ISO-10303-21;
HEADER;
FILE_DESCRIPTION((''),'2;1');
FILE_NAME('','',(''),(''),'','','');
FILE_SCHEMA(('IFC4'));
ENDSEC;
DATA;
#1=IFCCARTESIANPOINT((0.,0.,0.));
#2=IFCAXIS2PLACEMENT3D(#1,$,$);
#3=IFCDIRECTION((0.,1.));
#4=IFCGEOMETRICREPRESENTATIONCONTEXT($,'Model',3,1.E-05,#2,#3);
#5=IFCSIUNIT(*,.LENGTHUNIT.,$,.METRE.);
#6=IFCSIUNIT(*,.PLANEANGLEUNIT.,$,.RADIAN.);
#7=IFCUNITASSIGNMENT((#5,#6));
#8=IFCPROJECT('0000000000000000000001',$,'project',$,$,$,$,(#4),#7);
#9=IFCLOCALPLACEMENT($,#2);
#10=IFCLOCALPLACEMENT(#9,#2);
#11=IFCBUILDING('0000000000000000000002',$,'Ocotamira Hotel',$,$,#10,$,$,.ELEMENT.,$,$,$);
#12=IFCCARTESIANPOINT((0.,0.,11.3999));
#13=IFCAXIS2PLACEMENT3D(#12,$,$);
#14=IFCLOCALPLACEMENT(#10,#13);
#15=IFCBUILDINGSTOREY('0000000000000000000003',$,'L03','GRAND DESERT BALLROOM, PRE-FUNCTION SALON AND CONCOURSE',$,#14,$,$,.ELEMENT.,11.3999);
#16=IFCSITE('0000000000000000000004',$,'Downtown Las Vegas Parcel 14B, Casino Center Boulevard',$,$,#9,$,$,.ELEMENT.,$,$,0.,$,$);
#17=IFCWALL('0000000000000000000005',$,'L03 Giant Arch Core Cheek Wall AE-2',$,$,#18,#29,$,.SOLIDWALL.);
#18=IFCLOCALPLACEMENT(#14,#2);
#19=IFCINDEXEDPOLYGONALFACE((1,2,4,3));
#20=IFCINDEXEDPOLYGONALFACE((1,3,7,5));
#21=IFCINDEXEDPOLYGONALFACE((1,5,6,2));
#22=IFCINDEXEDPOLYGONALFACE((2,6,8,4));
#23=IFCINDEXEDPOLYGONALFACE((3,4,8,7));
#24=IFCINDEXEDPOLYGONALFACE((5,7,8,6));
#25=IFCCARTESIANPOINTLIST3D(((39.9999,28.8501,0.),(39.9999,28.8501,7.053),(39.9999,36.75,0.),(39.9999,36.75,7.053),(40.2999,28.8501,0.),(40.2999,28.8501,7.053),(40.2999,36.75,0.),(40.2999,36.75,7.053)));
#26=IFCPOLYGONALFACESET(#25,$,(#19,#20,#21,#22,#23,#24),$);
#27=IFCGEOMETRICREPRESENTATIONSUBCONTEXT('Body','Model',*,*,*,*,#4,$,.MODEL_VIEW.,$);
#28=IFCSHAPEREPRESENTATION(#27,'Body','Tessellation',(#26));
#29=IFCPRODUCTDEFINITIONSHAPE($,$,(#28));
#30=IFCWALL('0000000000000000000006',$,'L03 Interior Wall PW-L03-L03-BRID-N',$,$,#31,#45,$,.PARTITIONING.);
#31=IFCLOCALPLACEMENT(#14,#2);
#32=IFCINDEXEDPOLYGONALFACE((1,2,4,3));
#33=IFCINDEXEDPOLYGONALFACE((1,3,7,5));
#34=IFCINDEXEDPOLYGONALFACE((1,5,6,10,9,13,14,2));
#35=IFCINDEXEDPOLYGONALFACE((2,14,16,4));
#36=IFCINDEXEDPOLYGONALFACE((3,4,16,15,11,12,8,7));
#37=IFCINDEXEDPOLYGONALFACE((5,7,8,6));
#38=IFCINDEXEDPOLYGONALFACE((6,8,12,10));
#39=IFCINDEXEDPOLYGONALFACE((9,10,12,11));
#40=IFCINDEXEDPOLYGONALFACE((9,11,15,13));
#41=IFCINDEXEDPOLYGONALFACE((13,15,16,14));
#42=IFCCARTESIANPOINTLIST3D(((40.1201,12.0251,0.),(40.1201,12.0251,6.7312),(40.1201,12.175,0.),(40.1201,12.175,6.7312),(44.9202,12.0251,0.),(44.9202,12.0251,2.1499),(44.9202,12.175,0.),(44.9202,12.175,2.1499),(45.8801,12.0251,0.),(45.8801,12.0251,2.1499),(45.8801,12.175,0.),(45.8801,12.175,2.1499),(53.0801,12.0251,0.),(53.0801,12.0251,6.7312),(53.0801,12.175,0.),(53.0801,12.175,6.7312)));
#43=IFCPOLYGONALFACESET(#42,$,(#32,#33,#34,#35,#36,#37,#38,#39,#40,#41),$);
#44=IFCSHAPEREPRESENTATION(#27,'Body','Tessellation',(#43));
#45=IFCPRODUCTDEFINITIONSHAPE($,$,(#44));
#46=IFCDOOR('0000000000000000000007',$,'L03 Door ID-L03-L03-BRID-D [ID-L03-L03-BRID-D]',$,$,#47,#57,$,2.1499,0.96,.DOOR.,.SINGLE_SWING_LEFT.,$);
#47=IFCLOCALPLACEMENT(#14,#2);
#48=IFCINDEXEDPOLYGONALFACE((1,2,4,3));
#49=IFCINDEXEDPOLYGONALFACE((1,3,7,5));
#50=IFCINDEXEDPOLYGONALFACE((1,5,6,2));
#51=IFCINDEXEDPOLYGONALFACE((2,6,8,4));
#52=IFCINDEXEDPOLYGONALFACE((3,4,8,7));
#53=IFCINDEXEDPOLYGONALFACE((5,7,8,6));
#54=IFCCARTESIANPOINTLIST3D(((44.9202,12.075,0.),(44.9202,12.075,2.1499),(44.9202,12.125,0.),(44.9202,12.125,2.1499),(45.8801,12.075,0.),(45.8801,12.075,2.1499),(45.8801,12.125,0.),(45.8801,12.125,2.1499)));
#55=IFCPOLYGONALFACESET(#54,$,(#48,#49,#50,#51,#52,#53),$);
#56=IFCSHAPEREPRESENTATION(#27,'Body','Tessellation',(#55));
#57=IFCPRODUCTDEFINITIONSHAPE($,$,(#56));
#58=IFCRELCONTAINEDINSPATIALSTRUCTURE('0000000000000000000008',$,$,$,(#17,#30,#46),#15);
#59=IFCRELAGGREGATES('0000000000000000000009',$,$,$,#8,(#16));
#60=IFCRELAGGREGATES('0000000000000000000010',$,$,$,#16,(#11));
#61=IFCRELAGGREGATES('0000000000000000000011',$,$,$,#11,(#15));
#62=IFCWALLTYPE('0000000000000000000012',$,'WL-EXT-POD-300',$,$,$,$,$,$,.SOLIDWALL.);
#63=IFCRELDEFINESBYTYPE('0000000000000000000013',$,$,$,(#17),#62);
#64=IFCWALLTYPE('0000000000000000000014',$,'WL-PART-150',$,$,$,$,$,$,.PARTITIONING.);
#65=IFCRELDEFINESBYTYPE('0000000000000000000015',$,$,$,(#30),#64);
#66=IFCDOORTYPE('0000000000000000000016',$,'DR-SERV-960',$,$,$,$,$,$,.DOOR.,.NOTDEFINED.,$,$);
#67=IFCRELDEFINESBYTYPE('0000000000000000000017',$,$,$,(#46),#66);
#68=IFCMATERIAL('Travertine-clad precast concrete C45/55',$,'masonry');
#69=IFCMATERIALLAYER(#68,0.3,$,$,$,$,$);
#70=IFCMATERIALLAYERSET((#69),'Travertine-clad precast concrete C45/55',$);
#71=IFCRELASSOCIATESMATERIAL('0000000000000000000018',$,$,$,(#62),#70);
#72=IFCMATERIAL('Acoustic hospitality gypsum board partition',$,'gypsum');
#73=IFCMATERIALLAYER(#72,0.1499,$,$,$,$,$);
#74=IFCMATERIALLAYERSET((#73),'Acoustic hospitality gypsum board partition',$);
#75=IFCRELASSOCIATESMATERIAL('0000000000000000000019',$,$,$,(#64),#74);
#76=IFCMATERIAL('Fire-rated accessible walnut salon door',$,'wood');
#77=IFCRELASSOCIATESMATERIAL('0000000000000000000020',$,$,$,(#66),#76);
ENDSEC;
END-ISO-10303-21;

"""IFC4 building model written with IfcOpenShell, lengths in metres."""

from ifc_helpers import new_model, si_unit, direction, frame, frame_2d, origin, place, context, subcontext, project, spatial, rectangle, extrude, source, transform, mapped, material, layer, layer_set, type_object, element, fill, save


model = new_model("IFC4")

# Units and contexts
model_context = context("Model", 3, precision=1e-05, world=origin(), true_north=direction((0.0, 1.0)))
body_context = subcontext(model_context, "Body", "Model", "MODEL_VIEW")
ifc_project = project(units=[si_unit("LENGTHUNIT", "METRE"), si_unit("PLANEANGLEUNIT", "RADIAN")], contexts=[model_context])

# Site, building, storey
site_placement = place(None, origin())
site = spatial("IfcSite", under=ifc_project, at=site_placement, Name="Downtown Las Vegas Parcel 14B, Casino Center Boulevard", CompositionType="ELEMENT", RefElevation=0.0)
building_placement = place(site_placement, origin())
building = spatial("IfcBuilding", under=site, at=building_placement, Name="Ocotamira Hotel", CompositionType="ELEMENT")
storey_placement = place(building_placement, frame((0.0, 0.0, 11.3999)))
storey = spatial("IfcBuildingStorey", under=building, at=storey_placement, Name="L03", Description="GRAND DESERT BALLROOM, PRE-FUNCTION SALON AND CONCOURSE", CompositionType="ELEMENT", Elevation=11.3999)

# Wall
ifc_material_1 = material(Name="Travertine-clad precast concrete C45/55", Category="masonry")
ifc_layer_1 = layer(ifc_material_1, 0.3)
ifc_layer_set_1 = layer_set([ifc_layer_1], Name="Travertine-clad precast concrete C45/55")
wall_type_1 = type_object("IfcWallType", Name="WL-EXT-POD-300", PredefinedType="SOLIDWALL", material=ifc_layer_set_1)
wall_1_placement = place(storey_placement, frame((40.1499, 28.8501, 0.0), z_axis=(0.0, 0.0, 1.0), x_axis=(0.0, 1.0, 0.0)))
element("IfcWall", 1, at=wall_1_placement, inside=storey, type_object=wall_type_1, Name="L03 Giant Arch Core Cheek Wall AE-2", PredefinedType="SOLIDWALL", context=body_context, shape_type="SweptSolid", body=[
    extrude(rectangle(XDim=7.8999, YDim=0.3, at=frame_2d((3.95, 0.0))), origin(), (0.0, 0.0, 1.0), 7.053),
])

# Wall, opening, door
ifc_material_2 = material(Name="Acoustic hospitality gypsum board partition", Category="gypsum")
ifc_layer_2 = layer(ifc_material_2, 0.1499)
ifc_layer_set_2 = layer_set([ifc_layer_2], Name="Acoustic hospitality gypsum board partition")
wall_type_2 = type_object("IfcWallType", Name="WL-PART-150", PredefinedType="PARTITIONING", material=ifc_layer_set_2)
wall_2_placement = place(storey_placement, frame((40.1201, 12.1001, 0.0), z_axis=(0.0, 0.0, 1.0), x_axis=(1.0, 0.0, 0.0)))
wall_2 = element("IfcWall", 2, at=wall_2_placement, inside=storey, type_object=wall_type_2, Name="L03 Interior Wall PW-L03-L03-BRID-N", PredefinedType="PARTITIONING", context=body_context, shape_type="SweptSolid", body=[
    extrude(rectangle(XDim=12.96, YDim=0.1499, at=frame_2d((6.48, 0.0))), origin(), (0.0, 0.0, 1.0), 6.7312),
])
opening_1_placement = place(wall_2_placement, frame((4.8, 0.0, 0.0)))
opening_1 = element("IfcOpeningElement", 3, at=opening_1_placement, cuts=wall_2, PredefinedType="OPENING", context=body_context, shape_type="SweptSolid", body=[
    extrude(rectangle(XDim=0.96, YDim=2.1499, at=frame_2d((0.48, 1.075))), frame((0.0, 0.085, 0.0), z_axis=(0.0, -1.0, 0.0), x_axis=(1.0, 0.0, 0.0)), (0.0, 0.0, 1.0), 0.1699),
])
ifc_material_3 = material(Name="Fire-rated accessible walnut salon door", Category="wood")
door_type_1 = type_object("IfcDoorType", Name="DR-SERV-960", OperationType="NOTDEFINED", PredefinedType="DOOR", material=ifc_material_3)
shared_shape_1 = source(origin(), body_context, "Body", "SweptSolid", [
    extrude(rectangle(XDim=0.96, YDim=2.1499, at=frame_2d((0.48, 1.075))), frame((0.0, 0.0249, 0.0), z_axis=(0.0, -1.0, 0.0), x_axis=(1.0, 0.0, 0.0)), (0.0, 0.0, 1.0), 0.05),
])
door_1_placement = place(opening_1_placement, origin())
door_1 = element("IfcDoor", 4, at=door_1_placement, inside=storey, type_object=door_type_1, Name="L03 Door ID-L03-L03-BRID-D [ID-L03-L03-BRID-D]", OperationType="SINGLE_SWING_LEFT", OverallHeight=2.1499, OverallWidth=0.96, PredefinedType="DOOR", context=body_context, shape_type="MappedRepresentation", body=[
    mapped(shared_shape_1, transform((0.0, 0.0, 0.0), scale=1.0)),
])
fill(opening_1, door_1)

save(model, "model.ifc")
